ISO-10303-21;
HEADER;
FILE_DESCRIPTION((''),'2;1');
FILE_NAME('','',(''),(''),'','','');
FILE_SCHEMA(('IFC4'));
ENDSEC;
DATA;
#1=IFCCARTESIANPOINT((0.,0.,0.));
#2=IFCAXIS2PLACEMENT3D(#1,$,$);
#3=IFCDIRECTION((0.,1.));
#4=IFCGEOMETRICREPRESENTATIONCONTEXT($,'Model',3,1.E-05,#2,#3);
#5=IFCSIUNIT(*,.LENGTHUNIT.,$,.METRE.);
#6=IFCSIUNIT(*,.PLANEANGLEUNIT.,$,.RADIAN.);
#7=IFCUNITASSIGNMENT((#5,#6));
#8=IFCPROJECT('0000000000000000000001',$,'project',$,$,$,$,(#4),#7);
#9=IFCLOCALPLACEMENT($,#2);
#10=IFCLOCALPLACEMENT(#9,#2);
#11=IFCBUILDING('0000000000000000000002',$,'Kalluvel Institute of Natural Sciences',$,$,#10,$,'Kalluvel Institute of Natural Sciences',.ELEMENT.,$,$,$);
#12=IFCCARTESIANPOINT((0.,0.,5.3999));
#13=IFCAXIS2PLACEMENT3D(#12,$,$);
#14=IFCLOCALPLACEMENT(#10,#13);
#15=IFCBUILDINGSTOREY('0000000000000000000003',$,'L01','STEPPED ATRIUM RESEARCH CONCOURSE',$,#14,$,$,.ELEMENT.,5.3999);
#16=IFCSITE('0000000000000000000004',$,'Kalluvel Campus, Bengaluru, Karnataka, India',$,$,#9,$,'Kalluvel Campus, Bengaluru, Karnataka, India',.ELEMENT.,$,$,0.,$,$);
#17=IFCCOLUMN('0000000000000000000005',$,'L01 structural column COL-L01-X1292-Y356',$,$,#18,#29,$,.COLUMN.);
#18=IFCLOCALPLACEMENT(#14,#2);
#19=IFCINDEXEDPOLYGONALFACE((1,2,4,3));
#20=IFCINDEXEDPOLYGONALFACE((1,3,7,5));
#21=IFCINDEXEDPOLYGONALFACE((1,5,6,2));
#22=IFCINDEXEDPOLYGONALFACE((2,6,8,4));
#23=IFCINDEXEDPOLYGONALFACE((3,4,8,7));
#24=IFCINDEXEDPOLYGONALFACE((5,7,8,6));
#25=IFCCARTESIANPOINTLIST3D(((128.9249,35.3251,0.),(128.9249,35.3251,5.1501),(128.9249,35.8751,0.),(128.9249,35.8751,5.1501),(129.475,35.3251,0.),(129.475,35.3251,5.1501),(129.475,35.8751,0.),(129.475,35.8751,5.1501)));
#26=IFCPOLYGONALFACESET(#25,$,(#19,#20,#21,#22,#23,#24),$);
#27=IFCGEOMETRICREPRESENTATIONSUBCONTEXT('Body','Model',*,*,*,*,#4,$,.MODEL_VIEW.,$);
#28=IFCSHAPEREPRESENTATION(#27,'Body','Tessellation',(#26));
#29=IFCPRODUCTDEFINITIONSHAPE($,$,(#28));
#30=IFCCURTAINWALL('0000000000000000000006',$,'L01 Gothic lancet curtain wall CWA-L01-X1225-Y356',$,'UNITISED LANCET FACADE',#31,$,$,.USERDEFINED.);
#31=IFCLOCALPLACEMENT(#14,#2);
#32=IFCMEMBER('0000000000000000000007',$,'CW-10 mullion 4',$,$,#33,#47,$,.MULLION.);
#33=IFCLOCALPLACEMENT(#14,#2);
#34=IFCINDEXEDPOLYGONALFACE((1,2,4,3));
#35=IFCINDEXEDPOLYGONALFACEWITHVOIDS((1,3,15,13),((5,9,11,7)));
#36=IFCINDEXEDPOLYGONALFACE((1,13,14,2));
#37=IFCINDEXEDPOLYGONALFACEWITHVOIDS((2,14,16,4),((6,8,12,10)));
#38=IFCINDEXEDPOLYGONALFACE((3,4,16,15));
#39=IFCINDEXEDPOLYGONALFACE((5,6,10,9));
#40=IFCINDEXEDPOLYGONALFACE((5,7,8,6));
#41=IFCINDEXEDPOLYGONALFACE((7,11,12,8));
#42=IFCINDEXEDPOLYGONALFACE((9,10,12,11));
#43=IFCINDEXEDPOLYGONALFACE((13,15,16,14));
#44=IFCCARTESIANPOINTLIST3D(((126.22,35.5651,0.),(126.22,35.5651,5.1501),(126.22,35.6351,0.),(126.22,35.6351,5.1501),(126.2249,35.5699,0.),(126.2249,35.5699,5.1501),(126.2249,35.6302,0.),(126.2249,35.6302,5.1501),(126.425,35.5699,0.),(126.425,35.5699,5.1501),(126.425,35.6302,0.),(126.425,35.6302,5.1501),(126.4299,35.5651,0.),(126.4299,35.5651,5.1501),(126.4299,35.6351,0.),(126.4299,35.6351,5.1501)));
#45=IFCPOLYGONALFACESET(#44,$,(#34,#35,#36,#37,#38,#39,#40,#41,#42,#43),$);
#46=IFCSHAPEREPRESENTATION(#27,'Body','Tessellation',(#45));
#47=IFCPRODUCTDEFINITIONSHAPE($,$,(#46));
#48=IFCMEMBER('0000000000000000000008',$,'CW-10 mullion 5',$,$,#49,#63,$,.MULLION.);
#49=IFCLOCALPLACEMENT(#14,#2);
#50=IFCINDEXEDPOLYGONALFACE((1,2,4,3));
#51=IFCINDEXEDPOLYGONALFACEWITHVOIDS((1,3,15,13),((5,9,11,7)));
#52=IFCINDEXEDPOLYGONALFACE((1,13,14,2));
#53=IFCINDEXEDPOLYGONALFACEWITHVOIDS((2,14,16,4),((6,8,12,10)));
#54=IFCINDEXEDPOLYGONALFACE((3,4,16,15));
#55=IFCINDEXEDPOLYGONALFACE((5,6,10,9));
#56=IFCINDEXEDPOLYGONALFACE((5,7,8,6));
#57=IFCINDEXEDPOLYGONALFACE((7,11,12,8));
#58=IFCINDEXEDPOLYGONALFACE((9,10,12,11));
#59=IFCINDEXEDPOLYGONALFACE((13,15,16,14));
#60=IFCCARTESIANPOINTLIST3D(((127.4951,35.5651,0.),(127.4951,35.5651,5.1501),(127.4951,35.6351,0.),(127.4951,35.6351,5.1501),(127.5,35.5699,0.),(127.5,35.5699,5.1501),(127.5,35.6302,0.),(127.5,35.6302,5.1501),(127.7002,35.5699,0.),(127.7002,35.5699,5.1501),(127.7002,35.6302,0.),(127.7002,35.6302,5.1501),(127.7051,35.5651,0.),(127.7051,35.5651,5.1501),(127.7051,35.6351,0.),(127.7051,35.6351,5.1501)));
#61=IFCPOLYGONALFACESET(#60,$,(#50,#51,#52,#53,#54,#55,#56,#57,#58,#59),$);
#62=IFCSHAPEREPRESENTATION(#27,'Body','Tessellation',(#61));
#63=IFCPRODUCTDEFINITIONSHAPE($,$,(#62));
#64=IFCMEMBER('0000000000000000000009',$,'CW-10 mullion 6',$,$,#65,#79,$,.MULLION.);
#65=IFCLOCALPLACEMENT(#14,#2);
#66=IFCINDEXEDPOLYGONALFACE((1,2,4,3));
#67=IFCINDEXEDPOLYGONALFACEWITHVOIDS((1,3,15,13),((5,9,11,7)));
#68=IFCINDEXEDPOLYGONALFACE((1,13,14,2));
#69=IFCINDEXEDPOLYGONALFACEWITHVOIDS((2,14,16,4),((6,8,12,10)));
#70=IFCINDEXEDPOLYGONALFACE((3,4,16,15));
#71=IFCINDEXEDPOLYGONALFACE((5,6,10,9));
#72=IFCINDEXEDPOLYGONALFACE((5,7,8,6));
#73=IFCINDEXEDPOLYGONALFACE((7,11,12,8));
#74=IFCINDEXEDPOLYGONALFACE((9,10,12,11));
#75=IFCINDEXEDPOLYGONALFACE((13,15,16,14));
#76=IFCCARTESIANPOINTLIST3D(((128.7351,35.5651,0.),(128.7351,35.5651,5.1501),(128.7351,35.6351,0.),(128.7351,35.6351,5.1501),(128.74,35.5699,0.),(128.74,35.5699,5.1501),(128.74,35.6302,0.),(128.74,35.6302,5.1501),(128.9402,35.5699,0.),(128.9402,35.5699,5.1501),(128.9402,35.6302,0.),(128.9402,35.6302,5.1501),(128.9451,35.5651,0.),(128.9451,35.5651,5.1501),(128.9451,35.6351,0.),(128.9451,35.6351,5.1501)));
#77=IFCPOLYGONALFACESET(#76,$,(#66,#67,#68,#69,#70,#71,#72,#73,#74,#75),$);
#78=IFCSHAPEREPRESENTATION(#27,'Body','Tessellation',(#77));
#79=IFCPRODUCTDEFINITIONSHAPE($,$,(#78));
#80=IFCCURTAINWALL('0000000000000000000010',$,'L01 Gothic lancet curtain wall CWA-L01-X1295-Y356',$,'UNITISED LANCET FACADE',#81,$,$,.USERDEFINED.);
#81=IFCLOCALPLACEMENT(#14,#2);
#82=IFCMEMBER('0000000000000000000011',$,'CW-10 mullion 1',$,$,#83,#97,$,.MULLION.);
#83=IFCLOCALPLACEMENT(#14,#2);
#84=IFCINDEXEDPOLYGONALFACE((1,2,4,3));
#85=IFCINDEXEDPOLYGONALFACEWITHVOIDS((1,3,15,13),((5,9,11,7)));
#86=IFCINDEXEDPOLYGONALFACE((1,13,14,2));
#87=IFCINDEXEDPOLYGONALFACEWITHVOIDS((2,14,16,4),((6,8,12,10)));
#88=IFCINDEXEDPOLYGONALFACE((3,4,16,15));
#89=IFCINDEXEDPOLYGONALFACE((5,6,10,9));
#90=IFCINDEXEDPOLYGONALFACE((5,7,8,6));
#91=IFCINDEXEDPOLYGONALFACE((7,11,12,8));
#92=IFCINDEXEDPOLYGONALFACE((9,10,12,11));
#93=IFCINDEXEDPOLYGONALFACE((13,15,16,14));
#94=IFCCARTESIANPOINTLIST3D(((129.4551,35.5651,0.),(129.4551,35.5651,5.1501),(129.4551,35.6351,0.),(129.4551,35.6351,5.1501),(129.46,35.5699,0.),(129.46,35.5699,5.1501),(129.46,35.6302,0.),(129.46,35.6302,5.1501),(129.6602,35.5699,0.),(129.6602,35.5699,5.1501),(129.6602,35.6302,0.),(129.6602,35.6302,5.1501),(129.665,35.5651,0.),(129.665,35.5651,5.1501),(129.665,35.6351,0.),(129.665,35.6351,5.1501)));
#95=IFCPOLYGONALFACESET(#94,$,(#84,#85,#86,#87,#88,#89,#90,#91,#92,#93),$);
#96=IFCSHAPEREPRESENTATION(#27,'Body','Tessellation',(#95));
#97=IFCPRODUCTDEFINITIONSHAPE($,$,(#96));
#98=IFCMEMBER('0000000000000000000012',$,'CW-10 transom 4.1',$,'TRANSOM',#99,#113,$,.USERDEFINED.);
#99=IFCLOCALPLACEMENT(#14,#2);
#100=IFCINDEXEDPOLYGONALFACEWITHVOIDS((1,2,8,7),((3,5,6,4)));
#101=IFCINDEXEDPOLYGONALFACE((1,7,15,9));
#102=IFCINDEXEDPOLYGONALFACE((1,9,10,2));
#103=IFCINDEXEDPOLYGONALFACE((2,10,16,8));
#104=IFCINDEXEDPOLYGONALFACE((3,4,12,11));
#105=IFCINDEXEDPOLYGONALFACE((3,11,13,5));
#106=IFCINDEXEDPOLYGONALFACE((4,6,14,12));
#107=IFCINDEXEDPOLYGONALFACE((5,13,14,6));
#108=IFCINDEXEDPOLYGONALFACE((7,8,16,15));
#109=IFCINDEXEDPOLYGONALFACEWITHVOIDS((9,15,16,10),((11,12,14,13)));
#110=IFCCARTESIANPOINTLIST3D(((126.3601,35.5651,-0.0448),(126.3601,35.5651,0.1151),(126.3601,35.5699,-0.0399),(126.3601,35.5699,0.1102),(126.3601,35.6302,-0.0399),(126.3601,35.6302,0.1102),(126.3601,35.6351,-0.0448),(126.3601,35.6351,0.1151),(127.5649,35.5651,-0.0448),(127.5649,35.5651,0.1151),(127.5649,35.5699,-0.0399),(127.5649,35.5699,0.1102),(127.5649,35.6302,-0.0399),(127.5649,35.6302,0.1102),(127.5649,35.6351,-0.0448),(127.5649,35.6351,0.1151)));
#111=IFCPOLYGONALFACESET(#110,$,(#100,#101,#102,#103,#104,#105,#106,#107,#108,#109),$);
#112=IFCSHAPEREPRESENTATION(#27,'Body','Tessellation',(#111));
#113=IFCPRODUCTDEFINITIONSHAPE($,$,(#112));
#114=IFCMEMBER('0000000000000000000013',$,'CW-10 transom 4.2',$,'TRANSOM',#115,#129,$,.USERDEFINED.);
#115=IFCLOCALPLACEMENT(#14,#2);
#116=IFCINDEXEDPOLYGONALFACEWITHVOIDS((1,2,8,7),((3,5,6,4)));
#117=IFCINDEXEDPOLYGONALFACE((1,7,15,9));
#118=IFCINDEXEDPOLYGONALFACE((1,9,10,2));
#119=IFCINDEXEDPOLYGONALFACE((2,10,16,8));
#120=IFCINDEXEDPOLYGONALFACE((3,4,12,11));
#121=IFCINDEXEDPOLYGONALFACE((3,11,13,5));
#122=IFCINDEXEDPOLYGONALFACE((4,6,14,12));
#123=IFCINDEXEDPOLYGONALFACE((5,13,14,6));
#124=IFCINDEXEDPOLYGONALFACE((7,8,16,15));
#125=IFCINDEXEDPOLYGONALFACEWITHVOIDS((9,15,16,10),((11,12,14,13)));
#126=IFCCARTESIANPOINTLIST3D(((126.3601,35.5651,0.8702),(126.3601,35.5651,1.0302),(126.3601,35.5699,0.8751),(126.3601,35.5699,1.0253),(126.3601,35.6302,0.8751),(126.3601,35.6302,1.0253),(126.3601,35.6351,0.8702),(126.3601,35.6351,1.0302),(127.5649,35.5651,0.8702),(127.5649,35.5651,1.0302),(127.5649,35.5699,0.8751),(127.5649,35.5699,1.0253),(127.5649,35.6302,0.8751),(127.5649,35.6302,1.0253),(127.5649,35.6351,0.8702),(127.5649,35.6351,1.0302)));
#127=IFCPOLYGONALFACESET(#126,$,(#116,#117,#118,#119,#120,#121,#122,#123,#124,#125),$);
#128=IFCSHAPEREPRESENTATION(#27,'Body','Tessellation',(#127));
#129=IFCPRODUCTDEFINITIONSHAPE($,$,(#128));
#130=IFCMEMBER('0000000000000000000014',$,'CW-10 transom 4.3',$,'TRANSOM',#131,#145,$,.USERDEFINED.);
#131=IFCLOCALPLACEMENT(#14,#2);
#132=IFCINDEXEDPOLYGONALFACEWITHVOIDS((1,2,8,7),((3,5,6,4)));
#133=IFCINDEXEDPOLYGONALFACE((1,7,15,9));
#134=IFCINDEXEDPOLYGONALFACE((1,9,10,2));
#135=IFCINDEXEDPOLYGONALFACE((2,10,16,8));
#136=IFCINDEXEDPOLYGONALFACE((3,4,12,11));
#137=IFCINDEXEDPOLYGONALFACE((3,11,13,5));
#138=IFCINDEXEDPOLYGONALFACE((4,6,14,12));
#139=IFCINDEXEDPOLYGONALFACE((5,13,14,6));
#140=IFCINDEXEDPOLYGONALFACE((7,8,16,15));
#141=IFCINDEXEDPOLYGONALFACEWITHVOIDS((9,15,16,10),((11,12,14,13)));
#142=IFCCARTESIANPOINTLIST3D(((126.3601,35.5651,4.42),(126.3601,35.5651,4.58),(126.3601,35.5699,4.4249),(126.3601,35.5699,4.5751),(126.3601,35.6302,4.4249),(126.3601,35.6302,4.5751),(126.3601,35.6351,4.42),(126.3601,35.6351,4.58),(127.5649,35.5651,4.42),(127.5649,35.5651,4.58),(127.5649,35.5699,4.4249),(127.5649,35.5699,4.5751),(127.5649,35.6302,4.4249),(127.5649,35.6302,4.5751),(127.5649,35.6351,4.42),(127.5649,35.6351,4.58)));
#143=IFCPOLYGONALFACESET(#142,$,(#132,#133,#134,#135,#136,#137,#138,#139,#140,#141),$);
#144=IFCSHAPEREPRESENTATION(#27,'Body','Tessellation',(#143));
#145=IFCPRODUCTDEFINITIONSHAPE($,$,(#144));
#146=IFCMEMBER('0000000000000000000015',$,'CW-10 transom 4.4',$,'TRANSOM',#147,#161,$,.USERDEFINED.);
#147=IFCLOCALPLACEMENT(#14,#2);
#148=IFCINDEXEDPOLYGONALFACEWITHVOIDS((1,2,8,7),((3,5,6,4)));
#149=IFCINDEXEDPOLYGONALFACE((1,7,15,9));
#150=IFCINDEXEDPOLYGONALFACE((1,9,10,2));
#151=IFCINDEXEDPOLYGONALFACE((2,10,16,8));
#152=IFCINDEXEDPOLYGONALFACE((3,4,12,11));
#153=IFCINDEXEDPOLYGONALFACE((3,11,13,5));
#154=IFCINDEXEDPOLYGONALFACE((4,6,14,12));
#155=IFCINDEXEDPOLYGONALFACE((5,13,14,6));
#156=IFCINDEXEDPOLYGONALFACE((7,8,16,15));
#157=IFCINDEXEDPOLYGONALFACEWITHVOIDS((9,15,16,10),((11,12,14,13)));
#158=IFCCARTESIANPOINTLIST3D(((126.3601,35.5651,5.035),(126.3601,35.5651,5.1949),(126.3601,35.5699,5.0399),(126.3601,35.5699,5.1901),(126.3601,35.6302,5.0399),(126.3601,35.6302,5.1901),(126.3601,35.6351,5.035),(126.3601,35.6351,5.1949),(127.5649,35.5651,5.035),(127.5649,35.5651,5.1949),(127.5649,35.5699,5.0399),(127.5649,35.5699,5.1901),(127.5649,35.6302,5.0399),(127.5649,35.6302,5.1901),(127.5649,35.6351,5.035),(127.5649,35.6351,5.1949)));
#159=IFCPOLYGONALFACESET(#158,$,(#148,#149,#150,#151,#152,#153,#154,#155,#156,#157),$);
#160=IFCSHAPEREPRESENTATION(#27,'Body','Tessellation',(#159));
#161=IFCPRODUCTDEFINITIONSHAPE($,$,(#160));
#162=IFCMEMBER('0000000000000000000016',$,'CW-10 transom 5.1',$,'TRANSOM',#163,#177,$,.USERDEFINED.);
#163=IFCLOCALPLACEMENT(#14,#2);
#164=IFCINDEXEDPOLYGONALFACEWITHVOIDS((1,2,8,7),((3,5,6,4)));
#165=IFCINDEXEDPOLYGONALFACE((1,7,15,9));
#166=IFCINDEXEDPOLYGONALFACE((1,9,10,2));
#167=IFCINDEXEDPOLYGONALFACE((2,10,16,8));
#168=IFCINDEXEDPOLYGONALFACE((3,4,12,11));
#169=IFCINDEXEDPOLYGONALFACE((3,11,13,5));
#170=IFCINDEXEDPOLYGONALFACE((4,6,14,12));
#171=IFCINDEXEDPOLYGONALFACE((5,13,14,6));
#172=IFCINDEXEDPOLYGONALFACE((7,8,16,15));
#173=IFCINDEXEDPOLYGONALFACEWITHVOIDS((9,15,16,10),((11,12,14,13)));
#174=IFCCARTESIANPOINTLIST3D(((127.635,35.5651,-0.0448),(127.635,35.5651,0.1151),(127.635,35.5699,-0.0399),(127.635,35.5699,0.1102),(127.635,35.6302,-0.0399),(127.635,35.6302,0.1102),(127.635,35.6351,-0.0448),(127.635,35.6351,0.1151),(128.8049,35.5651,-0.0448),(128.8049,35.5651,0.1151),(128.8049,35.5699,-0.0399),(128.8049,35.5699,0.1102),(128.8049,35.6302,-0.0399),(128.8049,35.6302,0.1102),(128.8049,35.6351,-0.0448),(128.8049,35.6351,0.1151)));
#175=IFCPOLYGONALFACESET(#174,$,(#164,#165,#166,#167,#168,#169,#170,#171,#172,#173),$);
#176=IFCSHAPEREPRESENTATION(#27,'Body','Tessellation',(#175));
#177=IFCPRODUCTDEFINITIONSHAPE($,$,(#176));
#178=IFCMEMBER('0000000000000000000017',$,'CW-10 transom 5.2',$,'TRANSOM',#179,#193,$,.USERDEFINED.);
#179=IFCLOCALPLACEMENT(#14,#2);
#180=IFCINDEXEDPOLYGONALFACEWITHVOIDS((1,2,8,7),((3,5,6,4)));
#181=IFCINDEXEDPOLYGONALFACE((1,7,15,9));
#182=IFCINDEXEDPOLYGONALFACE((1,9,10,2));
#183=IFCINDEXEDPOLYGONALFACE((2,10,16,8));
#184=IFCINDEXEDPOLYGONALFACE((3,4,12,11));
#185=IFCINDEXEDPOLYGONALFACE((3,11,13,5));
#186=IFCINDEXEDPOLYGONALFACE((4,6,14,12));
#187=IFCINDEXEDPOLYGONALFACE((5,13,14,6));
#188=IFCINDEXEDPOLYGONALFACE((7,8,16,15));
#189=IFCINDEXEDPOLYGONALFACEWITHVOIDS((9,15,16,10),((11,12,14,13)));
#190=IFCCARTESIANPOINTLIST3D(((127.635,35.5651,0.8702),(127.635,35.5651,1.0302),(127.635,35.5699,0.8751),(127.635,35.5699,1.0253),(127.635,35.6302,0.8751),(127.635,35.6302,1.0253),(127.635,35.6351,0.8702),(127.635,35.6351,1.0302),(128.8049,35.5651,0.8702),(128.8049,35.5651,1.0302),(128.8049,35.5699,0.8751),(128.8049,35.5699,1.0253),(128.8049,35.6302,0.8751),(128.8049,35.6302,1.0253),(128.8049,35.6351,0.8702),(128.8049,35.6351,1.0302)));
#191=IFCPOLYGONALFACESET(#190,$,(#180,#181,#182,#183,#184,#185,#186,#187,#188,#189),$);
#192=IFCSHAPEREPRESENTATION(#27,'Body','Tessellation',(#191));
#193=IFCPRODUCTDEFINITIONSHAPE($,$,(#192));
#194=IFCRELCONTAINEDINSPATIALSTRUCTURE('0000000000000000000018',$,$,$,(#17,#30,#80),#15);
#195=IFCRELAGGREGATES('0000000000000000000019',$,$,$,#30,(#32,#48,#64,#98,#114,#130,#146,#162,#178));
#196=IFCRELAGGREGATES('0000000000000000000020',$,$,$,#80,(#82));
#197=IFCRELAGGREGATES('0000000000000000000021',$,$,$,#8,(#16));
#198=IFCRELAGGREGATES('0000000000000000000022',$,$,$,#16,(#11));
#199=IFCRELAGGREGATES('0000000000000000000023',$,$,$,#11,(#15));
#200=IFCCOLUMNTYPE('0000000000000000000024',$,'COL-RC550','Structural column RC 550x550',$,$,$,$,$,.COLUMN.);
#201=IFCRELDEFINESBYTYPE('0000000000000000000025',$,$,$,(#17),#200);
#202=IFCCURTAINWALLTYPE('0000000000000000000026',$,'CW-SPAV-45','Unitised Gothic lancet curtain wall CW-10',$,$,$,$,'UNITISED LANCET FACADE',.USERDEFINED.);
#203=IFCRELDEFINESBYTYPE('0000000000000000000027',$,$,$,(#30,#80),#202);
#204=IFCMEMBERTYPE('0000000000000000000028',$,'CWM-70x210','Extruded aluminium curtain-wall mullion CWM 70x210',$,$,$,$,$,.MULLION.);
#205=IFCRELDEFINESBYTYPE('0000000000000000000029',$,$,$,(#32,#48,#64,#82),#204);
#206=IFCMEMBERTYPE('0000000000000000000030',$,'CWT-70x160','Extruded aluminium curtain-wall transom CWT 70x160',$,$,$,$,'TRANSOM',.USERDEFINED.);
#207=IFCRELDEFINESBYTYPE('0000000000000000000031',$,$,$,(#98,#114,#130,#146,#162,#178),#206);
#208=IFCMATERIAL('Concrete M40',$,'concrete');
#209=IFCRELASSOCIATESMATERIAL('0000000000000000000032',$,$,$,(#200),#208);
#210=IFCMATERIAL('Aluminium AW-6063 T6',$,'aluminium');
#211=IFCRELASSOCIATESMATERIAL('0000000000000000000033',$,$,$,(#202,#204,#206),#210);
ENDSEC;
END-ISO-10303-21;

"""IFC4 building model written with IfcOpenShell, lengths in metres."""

from ifc_helpers import new_model, si_unit, direction, frame, origin, origin_2d, place, context, subcontext, project, spatial, rectangle, hollow_rectangle, extrude, material, material_profile, profile_set, type_object, element, aggregate, save


model = new_model("IFC4")

# Units and contexts
model_context = context("Model", 3, precision=1e-05, world=origin(), true_north=direction((0.0, 1.0)))
body_context = subcontext(model_context, "Body", "Model", "MODEL_VIEW")
ifc_project = project(units=[si_unit("LENGTHUNIT", "METRE"), si_unit("PLANEANGLEUNIT", "RADIAN")], contexts=[model_context])

# Site, building, storey
site_placement = place(None, origin())
site = spatial("IfcSite", under=ifc_project, at=site_placement, Name="Kalluvel Campus, Bengaluru, Karnataka, India", LongName="Kalluvel Campus, Bengaluru, Karnataka, India", CompositionType="ELEMENT", RefElevation=0.0)
building_placement = place(site_placement, origin())
building = spatial("IfcBuilding", under=site, at=building_placement, Name="Kalluvel Institute of Natural Sciences", LongName="Kalluvel Institute of Natural Sciences", CompositionType="ELEMENT")
storey_placement = place(building_placement, frame((0.0, 0.0, 5.3999)))
storey = spatial("IfcBuildingStorey", under=building, at=storey_placement, Name="L01", Description="STEPPED ATRIUM RESEARCH CONCOURSE", CompositionType="ELEMENT", Elevation=5.3999)

# Column
ifc_material_1 = material(Name="Concrete M40", Category="concrete")
ifc_material_profile_1 = material_profile(ifc_material_1, rectangle(XDim=0.55, YDim=0.55, at=origin_2d()), Name="RC 550x550")
ifc_profile_set_1 = profile_set([ifc_material_profile_1], Name="Concrete M40")
column_type = type_object("IfcColumnType", Name="COL-RC550", Description="Structural column RC 550x550", PredefinedType="COLUMN", material=ifc_profile_set_1)
column_placement = place(storey_placement, frame((129.2, 35.6001, 0.0), z_axis=(0.0, 0.0, 1.0), x_axis=(1.0, 0.0, 0.0)))
element("IfcColumn", 1, at=column_placement, inside=storey, type_object=column_type, Name="L01 structural column COL-L01-X1292-Y356", PredefinedType="COLUMN", context=body_context, shape_type="SweptSolid", body=[
    extrude(rectangle(XDim=0.55, YDim=0.55, at=origin_2d()), origin(), (0.0, 0.0, 1.0), 5.1501),
])

# Curtain wall, members
ifc_material_2 = material(Name="Aluminium AW-6063 T6", Category="aluminium")
curtain_wall_type = type_object("IfcCurtainWallType", Name="CW-SPAV-45", Description="Unitised Gothic lancet curtain wall CW-10", ElementType="UNITISED LANCET FACADE", PredefinedType="USERDEFINED", material=ifc_material_2)
curtain_wall_1_placement = place(storey_placement, origin())
curtain_wall_1 = element("IfcCurtainWall", 2, at=curtain_wall_1_placement, inside=storey, type_object=curtain_wall_type, Name="L01 Gothic lancet curtain wall CWA-L01-X1225-Y356", ObjectType="UNITISED LANCET FACADE", PredefinedType="USERDEFINED")
ifc_material_profile_2 = material_profile(ifc_material_2, hollow_rectangle(XDim=0.0701, YDim=0.21, WallThickness=0.0049, at=origin_2d()), Name="CWM 70x210")
ifc_profile_set_2 = profile_set([ifc_material_profile_2], Name="Aluminium AW-6063 T6")
member_type_1 = type_object("IfcMemberType", Name="CWM-70x210", Description="Extruded aluminium curtain-wall mullion CWM 70x210", PredefinedType="MULLION", material=ifc_profile_set_2)
member_1_placement = place(storey_placement, frame((126.325, 35.6001, 0.0), z_axis=(0.0, 0.0, 1.0), x_axis=(0.0, 1.0, 0.0)))
member_1 = element("IfcMember", 3, at=member_1_placement, type_object=member_type_1, Name="CW-10 mullion 4", PredefinedType="MULLION", context=body_context, shape_type="SweptSolid", body=[
    extrude(hollow_rectangle(XDim=0.0701, YDim=0.21, WallThickness=0.0049, at=origin_2d()), origin(), (0.0, 0.0, 1.0), 5.1501),
])
member_2_placement = place(storey_placement, frame((127.6001, 35.6001, 0.0), z_axis=(0.0, 0.0, 1.0), x_axis=(0.0, 1.0, 0.0)))
member_2 = element("IfcMember", 4, at=member_2_placement, type_object=member_type_1, Name="CW-10 mullion 5", PredefinedType="MULLION", context=body_context, shape_type="SweptSolid", body=[
    extrude(hollow_rectangle(XDim=0.0701, YDim=0.21, WallThickness=0.0049, at=origin_2d()), origin(), (0.0, 0.0, 1.0), 5.1501),
])
member_3_placement = place(storey_placement, frame((128.8401, 35.6001, 0.0), z_axis=(0.0, 0.0, 1.0), x_axis=(0.0, 1.0, 0.0)))
member_3 = element("IfcMember", 5, at=member_3_placement, type_object=member_type_1, Name="CW-10 mullion 6", PredefinedType="MULLION", context=body_context, shape_type="SweptSolid", body=[
    extrude(hollow_rectangle(XDim=0.0701, YDim=0.21, WallThickness=0.0049, at=origin_2d()), origin(), (0.0, 0.0, 1.0), 5.1501),
])

# Curtain wall, member
curtain_wall_2_placement = place(storey_placement, origin())
curtain_wall_2 = element("IfcCurtainWall", 6, at=curtain_wall_2_placement, inside=storey, type_object=curtain_wall_type, Name="L01 Gothic lancet curtain wall CWA-L01-X1295-Y356", ObjectType="UNITISED LANCET FACADE", PredefinedType="USERDEFINED")
member_4_placement = place(storey_placement, frame((129.5601, 35.6001, 0.0), z_axis=(0.0, 0.0, 1.0), x_axis=(0.0, 1.0, 0.0)))
member_4 = element("IfcMember", 7, at=member_4_placement, type_object=member_type_1, Name="CW-10 mullion 1", PredefinedType="MULLION", context=body_context, shape_type="SweptSolid", body=[
    extrude(hollow_rectangle(XDim=0.0701, YDim=0.21, WallThickness=0.0049, at=origin_2d()), origin(), (0.0, 0.0, 1.0), 5.1501),
])

# Members
ifc_material_profile_3 = material_profile(ifc_material_2, hollow_rectangle(XDim=0.0701, YDim=0.1599, WallThickness=0.0049, at=origin_2d()), Name="CWT 70x160")
ifc_profile_set_3 = profile_set([ifc_material_profile_3], Name="Aluminium AW-6063 T6")
member_type_2 = type_object("IfcMemberType", Name="CWT-70x160", Description="Extruded aluminium curtain-wall transom CWT 70x160", ElementType="TRANSOM", PredefinedType="USERDEFINED", material=ifc_profile_set_3)
member_5_placement = place(storey_placement, frame((126.3601, 35.6001, 0.0352), z_axis=(1.0, 0.0, 0.0), x_axis=(0.0, 1.0, 0.0)))
member_5 = element("IfcMember", 8, at=member_5_placement, type_object=member_type_2, Name="CW-10 transom 4.1", ObjectType="TRANSOM", PredefinedType="USERDEFINED", context=body_context, shape_type="SweptSolid", body=[
    extrude(hollow_rectangle(XDim=0.0701, YDim=0.1599, WallThickness=0.0049, at=origin_2d()), origin(), (0.0, 0.0, 1.0), 1.2048),
])
member_6_placement = place(storey_placement, frame((126.3601, 35.6001, 0.9502), z_axis=(1.0, 0.0, 0.0), x_axis=(0.0, 1.0, 0.0)))
member_6 = element("IfcMember", 9, at=member_6_placement, type_object=member_type_2, Name="CW-10 transom 4.2", ObjectType="TRANSOM", PredefinedType="USERDEFINED", context=body_context, shape_type="SweptSolid", body=[
    extrude(hollow_rectangle(XDim=0.0701, YDim=0.1599, WallThickness=0.0049, at=origin_2d()), origin(), (0.0, 0.0, 1.0), 1.2048),
])
member_7_placement = place(storey_placement, frame((126.3601, 35.6001, 4.5), z_axis=(1.0, 0.0, 0.0), x_axis=(0.0, 1.0, 0.0)))
member_7 = element("IfcMember", 10, at=member_7_placement, type_object=member_type_2, Name="CW-10 transom 4.3", ObjectType="TRANSOM", PredefinedType="USERDEFINED", context=body_context, shape_type="SweptSolid", body=[
    extrude(hollow_rectangle(XDim=0.0701, YDim=0.1599, WallThickness=0.0049, at=origin_2d()), origin(), (0.0, 0.0, 1.0), 1.2048),
])
member_8_placement = place(storey_placement, frame((126.3601, 35.6001, 5.115), z_axis=(1.0, 0.0, 0.0), x_axis=(0.0, 1.0, 0.0)))
member_8 = element("IfcMember", 11, at=member_8_placement, type_object=member_type_2, Name="CW-10 transom 4.4", ObjectType="TRANSOM", PredefinedType="USERDEFINED", context=body_context, shape_type="SweptSolid", body=[
    extrude(hollow_rectangle(XDim=0.0701, YDim=0.1599, WallThickness=0.0049, at=origin_2d()), origin(), (0.0, 0.0, 1.0), 1.2048),
])
member_9_placement = place(storey_placement, frame((127.635, 35.6001, 0.0352), z_axis=(1.0, 0.0, 0.0), x_axis=(0.0, 1.0, 0.0)))
member_9 = element("IfcMember", 12, at=member_9_placement, type_object=member_type_2, Name="CW-10 transom 5.1", ObjectType="TRANSOM", PredefinedType="USERDEFINED", context=body_context, shape_type="SweptSolid", body=[
    extrude(hollow_rectangle(XDim=0.0701, YDim=0.1599, WallThickness=0.0049, at=origin_2d()), origin(), (0.0, 0.0, 1.0), 1.1699),
])
member_10_placement = place(storey_placement, frame((127.635, 35.6001, 0.9502), z_axis=(1.0, 0.0, 0.0), x_axis=(0.0, 1.0, 0.0)))
member_10 = element("IfcMember", 13, at=member_10_placement, type_object=member_type_2, Name="CW-10 transom 5.2", ObjectType="TRANSOM", PredefinedType="USERDEFINED", context=body_context, shape_type="SweptSolid", body=[
    extrude(hollow_rectangle(XDim=0.0701, YDim=0.1599, WallThickness=0.0049, at=origin_2d()), origin(), (0.0, 0.0, 1.0), 1.1699),
])

aggregate(curtain_wall_1, [member_1, member_2, member_3, member_5, member_6, member_7, member_8, member_9, member_10])
aggregate(curtain_wall_2, [member_4])

save(model, "model.ifc")
